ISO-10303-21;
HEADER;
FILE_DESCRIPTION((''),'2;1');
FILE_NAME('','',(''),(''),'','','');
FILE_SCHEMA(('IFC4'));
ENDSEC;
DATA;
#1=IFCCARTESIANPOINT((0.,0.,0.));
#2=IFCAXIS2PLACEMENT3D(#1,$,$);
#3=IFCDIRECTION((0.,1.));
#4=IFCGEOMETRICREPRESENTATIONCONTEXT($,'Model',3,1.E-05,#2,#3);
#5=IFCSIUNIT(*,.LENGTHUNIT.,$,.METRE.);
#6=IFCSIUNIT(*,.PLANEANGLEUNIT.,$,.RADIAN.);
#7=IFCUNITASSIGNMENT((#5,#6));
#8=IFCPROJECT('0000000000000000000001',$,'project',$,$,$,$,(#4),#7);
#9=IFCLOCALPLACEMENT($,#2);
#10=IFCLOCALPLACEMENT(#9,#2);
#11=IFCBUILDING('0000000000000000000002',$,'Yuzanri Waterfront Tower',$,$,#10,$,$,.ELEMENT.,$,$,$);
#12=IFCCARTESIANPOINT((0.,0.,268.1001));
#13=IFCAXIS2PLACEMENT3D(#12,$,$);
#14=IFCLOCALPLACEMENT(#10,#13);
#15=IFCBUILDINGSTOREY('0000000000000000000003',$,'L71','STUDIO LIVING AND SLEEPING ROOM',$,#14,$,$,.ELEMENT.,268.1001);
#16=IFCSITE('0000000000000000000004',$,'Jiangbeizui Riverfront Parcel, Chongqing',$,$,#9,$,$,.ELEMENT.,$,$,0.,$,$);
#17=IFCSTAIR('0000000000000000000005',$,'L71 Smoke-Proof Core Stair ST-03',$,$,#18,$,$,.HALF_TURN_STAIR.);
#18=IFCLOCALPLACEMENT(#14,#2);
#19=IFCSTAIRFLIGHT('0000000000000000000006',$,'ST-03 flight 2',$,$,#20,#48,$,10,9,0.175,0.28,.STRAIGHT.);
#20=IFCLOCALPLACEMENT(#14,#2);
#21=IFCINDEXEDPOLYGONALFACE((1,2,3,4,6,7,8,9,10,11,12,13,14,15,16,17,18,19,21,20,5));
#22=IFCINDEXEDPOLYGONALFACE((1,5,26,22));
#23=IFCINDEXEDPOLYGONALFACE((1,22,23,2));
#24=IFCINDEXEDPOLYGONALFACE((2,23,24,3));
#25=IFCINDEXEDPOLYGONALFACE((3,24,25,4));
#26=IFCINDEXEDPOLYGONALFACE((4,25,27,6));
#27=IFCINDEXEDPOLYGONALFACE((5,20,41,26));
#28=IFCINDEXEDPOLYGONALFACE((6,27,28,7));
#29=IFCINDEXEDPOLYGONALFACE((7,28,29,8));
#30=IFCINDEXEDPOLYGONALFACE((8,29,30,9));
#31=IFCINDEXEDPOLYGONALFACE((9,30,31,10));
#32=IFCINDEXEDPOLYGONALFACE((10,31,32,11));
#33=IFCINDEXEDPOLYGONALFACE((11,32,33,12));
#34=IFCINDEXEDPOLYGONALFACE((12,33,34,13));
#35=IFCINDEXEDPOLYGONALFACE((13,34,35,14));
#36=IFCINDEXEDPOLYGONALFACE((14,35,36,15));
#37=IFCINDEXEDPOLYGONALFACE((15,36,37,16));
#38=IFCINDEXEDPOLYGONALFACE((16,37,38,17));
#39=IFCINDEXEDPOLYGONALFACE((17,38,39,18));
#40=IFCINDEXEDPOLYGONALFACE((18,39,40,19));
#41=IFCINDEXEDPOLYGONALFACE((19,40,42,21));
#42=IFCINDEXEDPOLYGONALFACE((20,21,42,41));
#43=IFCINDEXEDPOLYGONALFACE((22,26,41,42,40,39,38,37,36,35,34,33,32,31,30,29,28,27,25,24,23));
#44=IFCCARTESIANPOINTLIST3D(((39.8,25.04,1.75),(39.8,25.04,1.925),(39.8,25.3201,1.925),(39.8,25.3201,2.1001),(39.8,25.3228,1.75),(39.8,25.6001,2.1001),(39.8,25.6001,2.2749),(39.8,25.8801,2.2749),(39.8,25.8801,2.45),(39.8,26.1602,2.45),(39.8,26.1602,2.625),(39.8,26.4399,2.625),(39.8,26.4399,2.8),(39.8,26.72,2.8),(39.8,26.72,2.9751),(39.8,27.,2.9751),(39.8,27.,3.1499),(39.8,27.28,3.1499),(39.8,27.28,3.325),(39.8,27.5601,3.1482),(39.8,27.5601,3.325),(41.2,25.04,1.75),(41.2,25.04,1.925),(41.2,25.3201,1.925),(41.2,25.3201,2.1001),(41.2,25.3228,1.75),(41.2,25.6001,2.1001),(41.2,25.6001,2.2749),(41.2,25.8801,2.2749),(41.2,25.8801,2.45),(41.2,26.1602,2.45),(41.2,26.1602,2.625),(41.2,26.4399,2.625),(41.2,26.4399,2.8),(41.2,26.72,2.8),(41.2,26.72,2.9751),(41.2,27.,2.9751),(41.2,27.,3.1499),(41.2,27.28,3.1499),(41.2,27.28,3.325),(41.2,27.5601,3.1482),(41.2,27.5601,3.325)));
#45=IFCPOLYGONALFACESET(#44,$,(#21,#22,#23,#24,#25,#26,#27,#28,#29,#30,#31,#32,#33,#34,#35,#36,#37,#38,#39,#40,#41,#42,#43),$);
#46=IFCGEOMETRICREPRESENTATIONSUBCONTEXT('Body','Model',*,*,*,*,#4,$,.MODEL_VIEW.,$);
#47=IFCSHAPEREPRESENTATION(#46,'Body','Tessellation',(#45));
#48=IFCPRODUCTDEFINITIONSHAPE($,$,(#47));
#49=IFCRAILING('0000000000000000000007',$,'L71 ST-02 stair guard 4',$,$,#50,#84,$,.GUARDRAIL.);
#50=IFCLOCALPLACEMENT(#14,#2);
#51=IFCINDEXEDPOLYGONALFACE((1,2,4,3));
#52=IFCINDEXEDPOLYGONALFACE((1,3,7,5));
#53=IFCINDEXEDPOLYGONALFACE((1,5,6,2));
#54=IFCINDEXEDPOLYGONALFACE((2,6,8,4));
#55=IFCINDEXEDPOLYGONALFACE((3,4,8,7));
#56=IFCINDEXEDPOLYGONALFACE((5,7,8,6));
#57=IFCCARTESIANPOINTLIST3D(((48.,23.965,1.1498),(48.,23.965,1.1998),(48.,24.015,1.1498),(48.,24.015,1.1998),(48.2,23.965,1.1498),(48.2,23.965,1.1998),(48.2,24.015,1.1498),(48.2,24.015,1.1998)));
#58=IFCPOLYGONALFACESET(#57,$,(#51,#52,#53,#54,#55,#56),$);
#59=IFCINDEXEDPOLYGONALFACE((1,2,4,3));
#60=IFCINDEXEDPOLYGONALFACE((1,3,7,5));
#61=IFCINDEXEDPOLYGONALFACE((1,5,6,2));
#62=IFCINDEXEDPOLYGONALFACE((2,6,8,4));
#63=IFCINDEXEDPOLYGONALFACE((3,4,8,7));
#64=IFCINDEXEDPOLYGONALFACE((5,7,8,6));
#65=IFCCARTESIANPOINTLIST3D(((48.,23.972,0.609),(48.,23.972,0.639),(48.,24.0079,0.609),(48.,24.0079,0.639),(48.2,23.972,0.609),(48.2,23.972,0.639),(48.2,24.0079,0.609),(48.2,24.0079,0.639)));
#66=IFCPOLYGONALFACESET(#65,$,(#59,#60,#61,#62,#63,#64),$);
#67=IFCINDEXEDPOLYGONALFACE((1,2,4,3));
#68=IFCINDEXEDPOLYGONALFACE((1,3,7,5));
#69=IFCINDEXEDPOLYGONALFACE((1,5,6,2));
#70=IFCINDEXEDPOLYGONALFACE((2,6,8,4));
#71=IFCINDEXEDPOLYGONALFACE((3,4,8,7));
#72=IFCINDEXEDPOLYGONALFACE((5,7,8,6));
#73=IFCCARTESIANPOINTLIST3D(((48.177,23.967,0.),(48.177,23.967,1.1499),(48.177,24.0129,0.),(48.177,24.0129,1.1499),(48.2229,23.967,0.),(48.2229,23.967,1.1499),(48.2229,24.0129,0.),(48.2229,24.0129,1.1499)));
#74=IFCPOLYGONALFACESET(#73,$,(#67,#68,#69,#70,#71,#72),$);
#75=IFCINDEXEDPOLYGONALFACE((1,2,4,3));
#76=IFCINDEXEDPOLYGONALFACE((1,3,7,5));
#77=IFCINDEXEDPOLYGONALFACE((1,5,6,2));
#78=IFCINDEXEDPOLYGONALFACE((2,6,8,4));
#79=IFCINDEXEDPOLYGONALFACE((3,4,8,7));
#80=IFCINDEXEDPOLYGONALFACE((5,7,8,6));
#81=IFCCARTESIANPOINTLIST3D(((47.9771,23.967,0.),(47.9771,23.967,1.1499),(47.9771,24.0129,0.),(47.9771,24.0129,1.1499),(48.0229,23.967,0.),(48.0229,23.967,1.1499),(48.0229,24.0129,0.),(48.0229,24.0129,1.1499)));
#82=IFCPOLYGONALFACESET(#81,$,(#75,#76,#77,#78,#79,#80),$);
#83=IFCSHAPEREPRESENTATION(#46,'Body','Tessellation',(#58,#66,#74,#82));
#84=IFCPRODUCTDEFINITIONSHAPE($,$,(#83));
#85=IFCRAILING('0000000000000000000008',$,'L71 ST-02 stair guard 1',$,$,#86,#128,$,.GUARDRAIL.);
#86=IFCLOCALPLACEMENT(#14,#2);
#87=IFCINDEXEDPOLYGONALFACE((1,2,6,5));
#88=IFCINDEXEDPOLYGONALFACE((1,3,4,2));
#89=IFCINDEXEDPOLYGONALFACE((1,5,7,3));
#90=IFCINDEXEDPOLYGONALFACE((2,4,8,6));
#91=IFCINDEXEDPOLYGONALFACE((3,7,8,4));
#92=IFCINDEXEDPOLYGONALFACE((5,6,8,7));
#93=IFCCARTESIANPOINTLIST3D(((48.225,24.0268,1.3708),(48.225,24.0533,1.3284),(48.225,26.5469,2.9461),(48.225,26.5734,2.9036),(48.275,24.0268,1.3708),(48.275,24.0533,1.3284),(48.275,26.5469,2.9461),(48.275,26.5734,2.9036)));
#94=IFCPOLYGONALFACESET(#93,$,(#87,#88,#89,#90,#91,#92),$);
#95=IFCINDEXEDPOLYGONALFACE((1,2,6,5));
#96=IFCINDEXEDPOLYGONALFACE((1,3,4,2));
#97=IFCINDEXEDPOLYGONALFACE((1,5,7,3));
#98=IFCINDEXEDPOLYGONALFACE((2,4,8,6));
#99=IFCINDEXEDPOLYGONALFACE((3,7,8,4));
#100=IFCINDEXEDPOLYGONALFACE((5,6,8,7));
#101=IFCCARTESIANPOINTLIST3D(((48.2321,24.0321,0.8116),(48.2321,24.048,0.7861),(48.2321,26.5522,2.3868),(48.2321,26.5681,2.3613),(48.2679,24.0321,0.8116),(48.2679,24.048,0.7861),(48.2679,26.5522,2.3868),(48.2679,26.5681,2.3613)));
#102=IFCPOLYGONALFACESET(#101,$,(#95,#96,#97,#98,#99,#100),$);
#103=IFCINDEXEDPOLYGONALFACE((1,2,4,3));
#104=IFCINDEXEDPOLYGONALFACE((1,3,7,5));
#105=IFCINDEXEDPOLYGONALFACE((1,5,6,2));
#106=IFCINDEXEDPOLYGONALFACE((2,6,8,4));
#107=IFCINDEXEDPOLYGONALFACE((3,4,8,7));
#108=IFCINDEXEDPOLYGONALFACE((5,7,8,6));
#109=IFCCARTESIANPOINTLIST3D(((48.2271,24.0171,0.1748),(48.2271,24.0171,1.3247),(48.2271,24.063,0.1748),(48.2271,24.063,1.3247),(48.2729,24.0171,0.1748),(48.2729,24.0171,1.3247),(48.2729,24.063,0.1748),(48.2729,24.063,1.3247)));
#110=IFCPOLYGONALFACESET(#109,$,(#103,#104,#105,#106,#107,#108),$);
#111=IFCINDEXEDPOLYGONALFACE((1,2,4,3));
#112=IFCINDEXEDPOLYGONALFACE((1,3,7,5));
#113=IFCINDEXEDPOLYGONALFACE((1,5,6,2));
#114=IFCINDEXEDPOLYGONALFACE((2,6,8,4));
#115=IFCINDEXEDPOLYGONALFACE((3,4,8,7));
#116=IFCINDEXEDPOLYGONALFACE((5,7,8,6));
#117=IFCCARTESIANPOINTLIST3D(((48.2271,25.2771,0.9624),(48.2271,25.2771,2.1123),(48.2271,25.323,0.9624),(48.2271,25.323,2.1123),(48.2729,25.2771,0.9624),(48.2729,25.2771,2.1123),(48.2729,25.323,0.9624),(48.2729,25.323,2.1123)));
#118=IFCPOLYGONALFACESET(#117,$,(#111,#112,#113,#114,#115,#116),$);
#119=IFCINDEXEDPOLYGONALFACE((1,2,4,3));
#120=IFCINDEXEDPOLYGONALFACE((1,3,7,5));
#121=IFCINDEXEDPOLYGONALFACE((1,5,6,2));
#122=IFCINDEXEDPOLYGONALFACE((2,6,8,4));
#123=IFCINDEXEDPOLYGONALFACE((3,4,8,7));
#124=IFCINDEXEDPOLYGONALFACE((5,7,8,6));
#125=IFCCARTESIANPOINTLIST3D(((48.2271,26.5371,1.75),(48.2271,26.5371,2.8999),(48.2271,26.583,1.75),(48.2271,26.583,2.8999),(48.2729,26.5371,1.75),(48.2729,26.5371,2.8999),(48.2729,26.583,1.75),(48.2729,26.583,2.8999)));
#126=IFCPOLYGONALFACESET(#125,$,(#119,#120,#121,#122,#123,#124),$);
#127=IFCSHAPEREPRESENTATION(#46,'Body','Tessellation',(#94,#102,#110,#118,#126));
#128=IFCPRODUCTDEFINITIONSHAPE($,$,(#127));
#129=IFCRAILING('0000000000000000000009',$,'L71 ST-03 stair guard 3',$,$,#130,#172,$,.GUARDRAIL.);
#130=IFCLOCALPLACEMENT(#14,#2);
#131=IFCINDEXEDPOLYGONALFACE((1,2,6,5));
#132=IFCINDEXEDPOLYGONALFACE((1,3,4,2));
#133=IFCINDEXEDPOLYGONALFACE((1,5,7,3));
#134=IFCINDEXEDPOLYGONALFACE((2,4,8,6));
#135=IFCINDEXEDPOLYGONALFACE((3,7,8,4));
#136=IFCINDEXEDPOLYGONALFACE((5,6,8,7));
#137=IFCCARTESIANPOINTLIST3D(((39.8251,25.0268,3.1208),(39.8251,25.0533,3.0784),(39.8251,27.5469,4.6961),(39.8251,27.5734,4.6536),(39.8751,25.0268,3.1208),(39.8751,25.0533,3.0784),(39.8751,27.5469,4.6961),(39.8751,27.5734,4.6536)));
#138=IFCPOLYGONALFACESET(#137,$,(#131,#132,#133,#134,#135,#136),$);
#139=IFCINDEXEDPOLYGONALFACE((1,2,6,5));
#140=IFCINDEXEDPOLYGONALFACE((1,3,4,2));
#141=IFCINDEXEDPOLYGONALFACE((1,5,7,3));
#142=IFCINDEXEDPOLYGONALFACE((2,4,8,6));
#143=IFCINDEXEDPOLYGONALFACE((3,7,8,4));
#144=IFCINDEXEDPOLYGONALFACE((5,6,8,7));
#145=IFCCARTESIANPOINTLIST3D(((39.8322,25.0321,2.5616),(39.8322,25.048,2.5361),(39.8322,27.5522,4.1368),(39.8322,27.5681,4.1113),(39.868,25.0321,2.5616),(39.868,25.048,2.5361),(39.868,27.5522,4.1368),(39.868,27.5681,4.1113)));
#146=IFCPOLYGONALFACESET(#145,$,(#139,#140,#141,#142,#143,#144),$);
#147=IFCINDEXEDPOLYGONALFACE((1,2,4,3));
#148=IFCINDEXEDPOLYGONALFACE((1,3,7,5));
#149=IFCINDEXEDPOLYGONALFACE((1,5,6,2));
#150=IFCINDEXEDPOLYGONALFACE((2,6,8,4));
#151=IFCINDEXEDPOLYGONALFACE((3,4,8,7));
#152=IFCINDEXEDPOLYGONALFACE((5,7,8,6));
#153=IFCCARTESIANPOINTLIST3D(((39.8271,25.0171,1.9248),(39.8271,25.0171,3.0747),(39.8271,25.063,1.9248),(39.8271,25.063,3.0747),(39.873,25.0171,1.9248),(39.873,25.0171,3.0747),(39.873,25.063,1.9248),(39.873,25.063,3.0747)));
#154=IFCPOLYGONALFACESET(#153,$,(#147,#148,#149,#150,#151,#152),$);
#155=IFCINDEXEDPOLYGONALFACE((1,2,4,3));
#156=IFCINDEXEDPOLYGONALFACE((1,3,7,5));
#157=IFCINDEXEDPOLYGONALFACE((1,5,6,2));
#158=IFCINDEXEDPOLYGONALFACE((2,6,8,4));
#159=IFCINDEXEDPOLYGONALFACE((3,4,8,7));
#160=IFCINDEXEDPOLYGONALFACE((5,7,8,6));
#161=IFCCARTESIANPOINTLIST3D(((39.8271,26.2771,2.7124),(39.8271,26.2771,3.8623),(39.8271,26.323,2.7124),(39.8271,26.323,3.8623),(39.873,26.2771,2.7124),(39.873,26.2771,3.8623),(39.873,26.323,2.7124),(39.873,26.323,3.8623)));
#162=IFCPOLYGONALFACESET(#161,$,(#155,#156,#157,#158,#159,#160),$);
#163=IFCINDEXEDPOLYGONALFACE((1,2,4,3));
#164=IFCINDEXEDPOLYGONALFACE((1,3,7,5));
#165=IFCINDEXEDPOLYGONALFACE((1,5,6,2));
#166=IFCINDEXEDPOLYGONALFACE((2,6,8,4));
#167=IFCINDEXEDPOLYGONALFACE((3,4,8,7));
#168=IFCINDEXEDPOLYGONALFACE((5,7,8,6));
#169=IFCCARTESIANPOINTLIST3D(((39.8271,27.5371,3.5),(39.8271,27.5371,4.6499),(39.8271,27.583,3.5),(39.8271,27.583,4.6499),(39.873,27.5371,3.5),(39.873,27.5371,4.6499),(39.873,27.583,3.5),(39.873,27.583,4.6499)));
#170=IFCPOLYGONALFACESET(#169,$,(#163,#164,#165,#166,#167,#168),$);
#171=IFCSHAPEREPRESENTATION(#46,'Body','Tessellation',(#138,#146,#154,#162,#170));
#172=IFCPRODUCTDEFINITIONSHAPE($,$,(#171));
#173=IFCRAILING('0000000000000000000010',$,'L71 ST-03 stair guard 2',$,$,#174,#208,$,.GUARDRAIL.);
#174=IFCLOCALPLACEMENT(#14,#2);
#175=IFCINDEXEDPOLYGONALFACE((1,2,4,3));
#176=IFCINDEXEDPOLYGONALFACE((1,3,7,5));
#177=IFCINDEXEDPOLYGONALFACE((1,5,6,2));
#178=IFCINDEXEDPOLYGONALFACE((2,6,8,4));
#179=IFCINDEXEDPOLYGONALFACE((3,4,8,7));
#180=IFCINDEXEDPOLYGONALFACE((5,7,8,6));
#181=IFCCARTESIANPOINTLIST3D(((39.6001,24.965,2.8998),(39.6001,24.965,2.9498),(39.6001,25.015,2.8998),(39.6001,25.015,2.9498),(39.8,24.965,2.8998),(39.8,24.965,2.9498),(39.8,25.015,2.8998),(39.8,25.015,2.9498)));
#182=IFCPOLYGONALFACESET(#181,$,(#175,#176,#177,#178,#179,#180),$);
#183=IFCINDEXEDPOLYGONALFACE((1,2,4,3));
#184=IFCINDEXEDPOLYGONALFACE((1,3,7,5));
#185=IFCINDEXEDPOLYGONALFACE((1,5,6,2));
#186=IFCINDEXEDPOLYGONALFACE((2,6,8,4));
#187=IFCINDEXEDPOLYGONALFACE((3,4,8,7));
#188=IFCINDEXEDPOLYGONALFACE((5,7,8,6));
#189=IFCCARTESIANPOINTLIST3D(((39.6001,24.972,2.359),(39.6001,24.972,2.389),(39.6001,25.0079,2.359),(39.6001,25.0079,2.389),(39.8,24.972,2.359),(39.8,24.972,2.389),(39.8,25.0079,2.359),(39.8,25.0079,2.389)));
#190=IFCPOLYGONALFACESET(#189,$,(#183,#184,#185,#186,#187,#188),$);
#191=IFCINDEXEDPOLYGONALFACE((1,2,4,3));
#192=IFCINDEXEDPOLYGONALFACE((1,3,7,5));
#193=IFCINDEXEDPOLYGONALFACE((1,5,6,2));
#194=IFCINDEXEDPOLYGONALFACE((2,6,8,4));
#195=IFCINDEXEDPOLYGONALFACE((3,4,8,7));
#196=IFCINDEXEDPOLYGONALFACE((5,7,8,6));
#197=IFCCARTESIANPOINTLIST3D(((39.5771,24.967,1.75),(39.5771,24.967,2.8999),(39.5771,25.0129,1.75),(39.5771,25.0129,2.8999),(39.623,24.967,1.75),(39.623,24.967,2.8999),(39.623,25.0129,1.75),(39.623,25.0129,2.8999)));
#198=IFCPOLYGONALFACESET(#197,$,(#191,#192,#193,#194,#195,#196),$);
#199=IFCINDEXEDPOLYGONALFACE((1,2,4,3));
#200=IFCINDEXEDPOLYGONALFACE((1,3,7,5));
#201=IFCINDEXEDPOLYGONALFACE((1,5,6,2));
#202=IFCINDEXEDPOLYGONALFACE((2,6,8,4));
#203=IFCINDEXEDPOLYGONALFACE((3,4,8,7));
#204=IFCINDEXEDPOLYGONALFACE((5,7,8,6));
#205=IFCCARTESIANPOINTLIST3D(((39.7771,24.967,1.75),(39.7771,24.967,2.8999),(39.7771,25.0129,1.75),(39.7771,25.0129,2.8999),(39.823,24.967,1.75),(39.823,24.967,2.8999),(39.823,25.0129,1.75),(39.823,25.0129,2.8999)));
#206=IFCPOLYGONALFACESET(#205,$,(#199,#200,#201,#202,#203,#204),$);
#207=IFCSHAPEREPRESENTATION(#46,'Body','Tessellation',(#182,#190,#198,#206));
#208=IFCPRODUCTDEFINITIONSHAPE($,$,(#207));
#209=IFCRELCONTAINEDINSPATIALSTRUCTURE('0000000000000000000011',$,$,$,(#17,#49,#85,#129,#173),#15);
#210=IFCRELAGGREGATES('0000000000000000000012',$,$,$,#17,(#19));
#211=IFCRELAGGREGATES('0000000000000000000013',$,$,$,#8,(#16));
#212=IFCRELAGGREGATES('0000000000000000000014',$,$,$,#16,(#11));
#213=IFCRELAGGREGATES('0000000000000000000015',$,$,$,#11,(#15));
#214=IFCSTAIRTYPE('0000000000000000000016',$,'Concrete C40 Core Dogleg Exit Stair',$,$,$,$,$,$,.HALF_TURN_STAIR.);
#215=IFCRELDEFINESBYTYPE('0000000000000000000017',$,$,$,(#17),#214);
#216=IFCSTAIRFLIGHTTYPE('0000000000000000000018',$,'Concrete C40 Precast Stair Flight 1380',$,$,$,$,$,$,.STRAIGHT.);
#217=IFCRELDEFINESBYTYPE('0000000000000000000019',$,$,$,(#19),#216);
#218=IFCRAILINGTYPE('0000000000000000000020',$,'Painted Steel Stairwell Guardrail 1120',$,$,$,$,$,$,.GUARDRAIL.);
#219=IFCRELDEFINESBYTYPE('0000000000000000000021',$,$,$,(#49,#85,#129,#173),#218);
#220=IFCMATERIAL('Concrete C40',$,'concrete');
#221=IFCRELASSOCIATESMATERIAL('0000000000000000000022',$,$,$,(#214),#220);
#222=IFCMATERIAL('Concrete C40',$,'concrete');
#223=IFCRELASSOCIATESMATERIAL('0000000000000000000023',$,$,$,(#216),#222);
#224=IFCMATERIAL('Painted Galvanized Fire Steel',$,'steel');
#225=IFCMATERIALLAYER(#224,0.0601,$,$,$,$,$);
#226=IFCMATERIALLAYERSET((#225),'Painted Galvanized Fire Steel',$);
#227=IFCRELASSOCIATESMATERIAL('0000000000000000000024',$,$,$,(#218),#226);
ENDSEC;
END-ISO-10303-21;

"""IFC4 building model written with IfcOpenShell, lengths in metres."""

from ifc_helpers import new_model, si_unit, direction, frame, origin, origin_2d, place, context, subcontext, project, spatial, polyline, rectangle, outline, extrude, source, transform, mapped, material, layer, layer_set, type_object, element, aggregate, save


model = new_model("IFC4")

# Units and contexts
model_context = context("Model", 3, precision=1e-05, world=origin(), true_north=direction((0.0, 1.0)))
body_context = subcontext(model_context, "Body", "Model", "MODEL_VIEW")
ifc_project = project(units=[si_unit("LENGTHUNIT", "METRE"), si_unit("PLANEANGLEUNIT", "RADIAN")], contexts=[model_context])

# Site, building, storey
site_placement = place(None, origin())
site = spatial("IfcSite", under=ifc_project, at=site_placement, Name="Jiangbeizui Riverfront Parcel, Chongqing", CompositionType="ELEMENT", RefElevation=0.0)
building_placement = place(site_placement, origin())
building = spatial("IfcBuilding", under=site, at=building_placement, Name="Yuzanri Waterfront Tower", CompositionType="ELEMENT")
storey_placement = place(building_placement, frame((0.0, 0.0, 268.1001)))
storey = spatial("IfcBuildingStorey", under=building, at=storey_placement, Name="L71", Description="STUDIO LIVING AND SLEEPING ROOM", CompositionType="ELEMENT", Elevation=268.1001)

# Stair, stair flight
ifc_material_1 = material(Name="Concrete C40", Category="concrete")
stair_type = type_object("IfcStairType", Name="Concrete C40 Core Dogleg Exit Stair", PredefinedType="HALF_TURN_STAIR", material=ifc_material_1)
stair_placement = place(storey_placement, origin())
stair = element("IfcStair", 1, at=stair_placement, inside=storey, type_object=stair_type, Name="L71 Smoke-Proof Core Stair ST-03", PredefinedType="HALF_TURN_STAIR")
ifc_material_2 = material(Name="Concrete C40", Category="concrete")
stair_flight_type = type_object("IfcStairFlightType", Name="Concrete C40 Precast Stair Flight 1380", PredefinedType="STRAIGHT", material=ifc_material_2)
shared_shape_1 = source(origin(), body_context, "Body", "SweptSolid", [
    extrude(outline(polyline([(0.0, 0.0), (0.0, 0.175), (0.28, 0.175), (0.28, 0.3501), (0.5601, 0.3501), (0.5601, 0.5249), (0.8401, 0.5249), (0.8401, 0.7), (1.1201, 0.7), (1.1201, 0.875), (1.3999, 0.875), (1.3999, 1.05), (1.6799, 1.05), (1.6799, 1.2251), (1.96, 1.2251), (1.96, 1.3999), (2.24, 1.3999), (2.24, 1.575), (2.52, 1.575), (2.52, 1.75), (2.52, 1.3982), (0.2827, 0.0), (0.0, 0.0)])), frame((0.0, 0.7, 0.0), z_axis=(0.0, -1.0, 0.0), x_axis=(1.0, 0.0, 0.0)), (0.0, 0.0, 1.0), 1.3999),
])
stair_flight_placement = place(storey_placement, frame((40.5, 25.04, 1.75), z_axis=(0.0, 0.0, 1.0), x_axis=(0.0, 1.0, 0.0)))
stair_flight = element("IfcStairFlight", 2, at=stair_flight_placement, type_object=stair_flight_type, Name="ST-03 flight 2", NumberOfRisers=10, NumberOfTreads=9, PredefinedType="STRAIGHT", RiserHeight=0.175, TreadLength=0.28, context=body_context, shape_type="MappedRepresentation", body=[
    mapped(shared_shape_1, transform((0.0, 0.0, 0.0), scale=1.0)),
])
aggregate(stair, [stair_flight])

# Railings
ifc_material_3 = material(Name="Painted Galvanized Fire Steel", Category="steel")
ifc_layer_1 = layer(ifc_material_3, 0.0601)
ifc_layer_set_1 = layer_set([ifc_layer_1], Name="Painted Galvanized Fire Steel")
railing_type = type_object("IfcRailingType", Name="Painted Steel Stairwell Guardrail 1120", PredefinedType="GUARDRAIL", material=ifc_layer_set_1)
shared_shape_2 = source(origin(), body_context, "Body", "SweptSolid", [
    extrude(rectangle(XDim=0.05, YDim=0.05, at=origin_2d()), frame((0.0, 0.0, 1.1748), z_axis=(-1.0, 0.0, 0.0), x_axis=(0.0, -1.0, 0.0)), (0.0, 0.0, 1.0), 0.2),
    extrude(rectangle(XDim=0.0359, YDim=0.03, at=origin_2d()), frame((0.0, 0.0, 0.624), z_axis=(-1.0, 0.0, 0.0), x_axis=(0.0, -1.0, 0.0)), (0.0, 0.0, 1.0), 0.2),
    extrude(rectangle(XDim=0.0459, YDim=0.0459, at=origin_2d()), origin(), (0.0, 0.0, 1.0), 1.1499),
    extrude(rectangle(XDim=0.0459, YDim=0.0459, at=origin_2d()), frame((-0.2, 0.0, 0.0)), (0.0, 0.0, 1.0), 1.1499),
])
railing_1_placement = place(storey_placement, frame((48.2, 23.99, 0.0)))
element("IfcRailing", 3, at=railing_1_placement, inside=storey, type_object=railing_type, Name="L71 ST-02 stair guard 4", PredefinedType="GUARDRAIL", context=body_context, shape_type="MappedRepresentation", body=[
    mapped(shared_shape_2, transform((0.0, 0.0, 0.0), scale=1.0)),
])
shared_shape_3 = source(origin(), body_context, "Body", "SweptSolid", [
    extrude(rectangle(XDim=0.05, YDim=0.05, at=origin_2d()), frame((0.0, 0.0, 1.1748), z_axis=(0.0, 0.847971, 0.530043), x_axis=(-1.0, 0.0, 0.0)), (0.0, 0.0, 1.0), 2.9719),
    extrude(rectangle(XDim=0.0359, YDim=0.03, at=origin_2d()), frame((0.0, 0.0, 0.624), z_axis=(0.0, 0.847971, 0.530043), x_axis=(-1.0, 0.0, 0.0)), (0.0, 0.0, 1.0), 2.9719),
    extrude(rectangle(XDim=0.0459, YDim=0.0459, at=origin_2d()), origin(), (0.0, 0.0, 1.0), 1.1499),
    extrude(rectangle(XDim=0.0459, YDim=0.0459, at=origin_2d()), frame((0.0, 1.26, 0.7876)), (0.0, 0.0, 1.0), 1.1499),
    extrude(rectangle(XDim=0.0459, YDim=0.0459, at=origin_2d()), frame((0.0, 2.52, 1.5752)), (0.0, 0.0, 1.0), 1.1499),
])
for number, where, name in (
    (4, (48.25, 24.04, 0.1748), "L71 ST-02 stair guard 1"),
    (5, (39.8501, 25.04, 1.9248), "L71 ST-03 stair guard 3"),
):
    element("IfcRailing", number, at=place(storey_placement, frame(where)), inside=storey, type_object=railing_type, Name=name, PredefinedType="GUARDRAIL", context=body_context, shape_type="MappedRepresentation", body=[
        mapped(shared_shape_3, transform((0.0, 0.0, 0.0), scale=1.0)),
    ])
shared_shape_4 = source(origin(), body_context, "Body", "SweptSolid", [
    extrude(rectangle(XDim=0.05, YDim=0.05, at=origin_2d()), frame((0.0, 0.0, 1.1748), z_axis=(1.0, 0.0, 0.0), x_axis=(0.0, 1.0, 0.0)), (0.0, 0.0, 1.0), 0.2),
    extrude(rectangle(XDim=0.0359, YDim=0.03, at=origin_2d()), frame((0.0, 0.0, 0.624), z_axis=(1.0, 0.0, 0.0), x_axis=(0.0, 1.0, 0.0)), (0.0, 0.0, 1.0), 0.2),
    extrude(rectangle(XDim=0.0459, YDim=0.0459, at=origin_2d()), origin(), (0.0, 0.0, 1.0), 1.1499),
    extrude(rectangle(XDim=0.0459, YDim=0.0459, at=origin_2d()), frame((0.2, 0.0, 0.0)), (0.0, 0.0, 1.0), 1.1499),
])
railing_2_placement = place(storey_placement, frame((39.6001, 24.99, 1.75)))
element("IfcRailing", 6, at=railing_2_placement, inside=storey, type_object=railing_type, Name="L71 ST-03 stair guard 2", PredefinedType="GUARDRAIL", context=body_context, shape_type="MappedRepresentation", body=[
    mapped(shared_shape_4, transform((0.0, 0.0, 0.0), scale=1.0)),
])

save(model, "model.ifc")
